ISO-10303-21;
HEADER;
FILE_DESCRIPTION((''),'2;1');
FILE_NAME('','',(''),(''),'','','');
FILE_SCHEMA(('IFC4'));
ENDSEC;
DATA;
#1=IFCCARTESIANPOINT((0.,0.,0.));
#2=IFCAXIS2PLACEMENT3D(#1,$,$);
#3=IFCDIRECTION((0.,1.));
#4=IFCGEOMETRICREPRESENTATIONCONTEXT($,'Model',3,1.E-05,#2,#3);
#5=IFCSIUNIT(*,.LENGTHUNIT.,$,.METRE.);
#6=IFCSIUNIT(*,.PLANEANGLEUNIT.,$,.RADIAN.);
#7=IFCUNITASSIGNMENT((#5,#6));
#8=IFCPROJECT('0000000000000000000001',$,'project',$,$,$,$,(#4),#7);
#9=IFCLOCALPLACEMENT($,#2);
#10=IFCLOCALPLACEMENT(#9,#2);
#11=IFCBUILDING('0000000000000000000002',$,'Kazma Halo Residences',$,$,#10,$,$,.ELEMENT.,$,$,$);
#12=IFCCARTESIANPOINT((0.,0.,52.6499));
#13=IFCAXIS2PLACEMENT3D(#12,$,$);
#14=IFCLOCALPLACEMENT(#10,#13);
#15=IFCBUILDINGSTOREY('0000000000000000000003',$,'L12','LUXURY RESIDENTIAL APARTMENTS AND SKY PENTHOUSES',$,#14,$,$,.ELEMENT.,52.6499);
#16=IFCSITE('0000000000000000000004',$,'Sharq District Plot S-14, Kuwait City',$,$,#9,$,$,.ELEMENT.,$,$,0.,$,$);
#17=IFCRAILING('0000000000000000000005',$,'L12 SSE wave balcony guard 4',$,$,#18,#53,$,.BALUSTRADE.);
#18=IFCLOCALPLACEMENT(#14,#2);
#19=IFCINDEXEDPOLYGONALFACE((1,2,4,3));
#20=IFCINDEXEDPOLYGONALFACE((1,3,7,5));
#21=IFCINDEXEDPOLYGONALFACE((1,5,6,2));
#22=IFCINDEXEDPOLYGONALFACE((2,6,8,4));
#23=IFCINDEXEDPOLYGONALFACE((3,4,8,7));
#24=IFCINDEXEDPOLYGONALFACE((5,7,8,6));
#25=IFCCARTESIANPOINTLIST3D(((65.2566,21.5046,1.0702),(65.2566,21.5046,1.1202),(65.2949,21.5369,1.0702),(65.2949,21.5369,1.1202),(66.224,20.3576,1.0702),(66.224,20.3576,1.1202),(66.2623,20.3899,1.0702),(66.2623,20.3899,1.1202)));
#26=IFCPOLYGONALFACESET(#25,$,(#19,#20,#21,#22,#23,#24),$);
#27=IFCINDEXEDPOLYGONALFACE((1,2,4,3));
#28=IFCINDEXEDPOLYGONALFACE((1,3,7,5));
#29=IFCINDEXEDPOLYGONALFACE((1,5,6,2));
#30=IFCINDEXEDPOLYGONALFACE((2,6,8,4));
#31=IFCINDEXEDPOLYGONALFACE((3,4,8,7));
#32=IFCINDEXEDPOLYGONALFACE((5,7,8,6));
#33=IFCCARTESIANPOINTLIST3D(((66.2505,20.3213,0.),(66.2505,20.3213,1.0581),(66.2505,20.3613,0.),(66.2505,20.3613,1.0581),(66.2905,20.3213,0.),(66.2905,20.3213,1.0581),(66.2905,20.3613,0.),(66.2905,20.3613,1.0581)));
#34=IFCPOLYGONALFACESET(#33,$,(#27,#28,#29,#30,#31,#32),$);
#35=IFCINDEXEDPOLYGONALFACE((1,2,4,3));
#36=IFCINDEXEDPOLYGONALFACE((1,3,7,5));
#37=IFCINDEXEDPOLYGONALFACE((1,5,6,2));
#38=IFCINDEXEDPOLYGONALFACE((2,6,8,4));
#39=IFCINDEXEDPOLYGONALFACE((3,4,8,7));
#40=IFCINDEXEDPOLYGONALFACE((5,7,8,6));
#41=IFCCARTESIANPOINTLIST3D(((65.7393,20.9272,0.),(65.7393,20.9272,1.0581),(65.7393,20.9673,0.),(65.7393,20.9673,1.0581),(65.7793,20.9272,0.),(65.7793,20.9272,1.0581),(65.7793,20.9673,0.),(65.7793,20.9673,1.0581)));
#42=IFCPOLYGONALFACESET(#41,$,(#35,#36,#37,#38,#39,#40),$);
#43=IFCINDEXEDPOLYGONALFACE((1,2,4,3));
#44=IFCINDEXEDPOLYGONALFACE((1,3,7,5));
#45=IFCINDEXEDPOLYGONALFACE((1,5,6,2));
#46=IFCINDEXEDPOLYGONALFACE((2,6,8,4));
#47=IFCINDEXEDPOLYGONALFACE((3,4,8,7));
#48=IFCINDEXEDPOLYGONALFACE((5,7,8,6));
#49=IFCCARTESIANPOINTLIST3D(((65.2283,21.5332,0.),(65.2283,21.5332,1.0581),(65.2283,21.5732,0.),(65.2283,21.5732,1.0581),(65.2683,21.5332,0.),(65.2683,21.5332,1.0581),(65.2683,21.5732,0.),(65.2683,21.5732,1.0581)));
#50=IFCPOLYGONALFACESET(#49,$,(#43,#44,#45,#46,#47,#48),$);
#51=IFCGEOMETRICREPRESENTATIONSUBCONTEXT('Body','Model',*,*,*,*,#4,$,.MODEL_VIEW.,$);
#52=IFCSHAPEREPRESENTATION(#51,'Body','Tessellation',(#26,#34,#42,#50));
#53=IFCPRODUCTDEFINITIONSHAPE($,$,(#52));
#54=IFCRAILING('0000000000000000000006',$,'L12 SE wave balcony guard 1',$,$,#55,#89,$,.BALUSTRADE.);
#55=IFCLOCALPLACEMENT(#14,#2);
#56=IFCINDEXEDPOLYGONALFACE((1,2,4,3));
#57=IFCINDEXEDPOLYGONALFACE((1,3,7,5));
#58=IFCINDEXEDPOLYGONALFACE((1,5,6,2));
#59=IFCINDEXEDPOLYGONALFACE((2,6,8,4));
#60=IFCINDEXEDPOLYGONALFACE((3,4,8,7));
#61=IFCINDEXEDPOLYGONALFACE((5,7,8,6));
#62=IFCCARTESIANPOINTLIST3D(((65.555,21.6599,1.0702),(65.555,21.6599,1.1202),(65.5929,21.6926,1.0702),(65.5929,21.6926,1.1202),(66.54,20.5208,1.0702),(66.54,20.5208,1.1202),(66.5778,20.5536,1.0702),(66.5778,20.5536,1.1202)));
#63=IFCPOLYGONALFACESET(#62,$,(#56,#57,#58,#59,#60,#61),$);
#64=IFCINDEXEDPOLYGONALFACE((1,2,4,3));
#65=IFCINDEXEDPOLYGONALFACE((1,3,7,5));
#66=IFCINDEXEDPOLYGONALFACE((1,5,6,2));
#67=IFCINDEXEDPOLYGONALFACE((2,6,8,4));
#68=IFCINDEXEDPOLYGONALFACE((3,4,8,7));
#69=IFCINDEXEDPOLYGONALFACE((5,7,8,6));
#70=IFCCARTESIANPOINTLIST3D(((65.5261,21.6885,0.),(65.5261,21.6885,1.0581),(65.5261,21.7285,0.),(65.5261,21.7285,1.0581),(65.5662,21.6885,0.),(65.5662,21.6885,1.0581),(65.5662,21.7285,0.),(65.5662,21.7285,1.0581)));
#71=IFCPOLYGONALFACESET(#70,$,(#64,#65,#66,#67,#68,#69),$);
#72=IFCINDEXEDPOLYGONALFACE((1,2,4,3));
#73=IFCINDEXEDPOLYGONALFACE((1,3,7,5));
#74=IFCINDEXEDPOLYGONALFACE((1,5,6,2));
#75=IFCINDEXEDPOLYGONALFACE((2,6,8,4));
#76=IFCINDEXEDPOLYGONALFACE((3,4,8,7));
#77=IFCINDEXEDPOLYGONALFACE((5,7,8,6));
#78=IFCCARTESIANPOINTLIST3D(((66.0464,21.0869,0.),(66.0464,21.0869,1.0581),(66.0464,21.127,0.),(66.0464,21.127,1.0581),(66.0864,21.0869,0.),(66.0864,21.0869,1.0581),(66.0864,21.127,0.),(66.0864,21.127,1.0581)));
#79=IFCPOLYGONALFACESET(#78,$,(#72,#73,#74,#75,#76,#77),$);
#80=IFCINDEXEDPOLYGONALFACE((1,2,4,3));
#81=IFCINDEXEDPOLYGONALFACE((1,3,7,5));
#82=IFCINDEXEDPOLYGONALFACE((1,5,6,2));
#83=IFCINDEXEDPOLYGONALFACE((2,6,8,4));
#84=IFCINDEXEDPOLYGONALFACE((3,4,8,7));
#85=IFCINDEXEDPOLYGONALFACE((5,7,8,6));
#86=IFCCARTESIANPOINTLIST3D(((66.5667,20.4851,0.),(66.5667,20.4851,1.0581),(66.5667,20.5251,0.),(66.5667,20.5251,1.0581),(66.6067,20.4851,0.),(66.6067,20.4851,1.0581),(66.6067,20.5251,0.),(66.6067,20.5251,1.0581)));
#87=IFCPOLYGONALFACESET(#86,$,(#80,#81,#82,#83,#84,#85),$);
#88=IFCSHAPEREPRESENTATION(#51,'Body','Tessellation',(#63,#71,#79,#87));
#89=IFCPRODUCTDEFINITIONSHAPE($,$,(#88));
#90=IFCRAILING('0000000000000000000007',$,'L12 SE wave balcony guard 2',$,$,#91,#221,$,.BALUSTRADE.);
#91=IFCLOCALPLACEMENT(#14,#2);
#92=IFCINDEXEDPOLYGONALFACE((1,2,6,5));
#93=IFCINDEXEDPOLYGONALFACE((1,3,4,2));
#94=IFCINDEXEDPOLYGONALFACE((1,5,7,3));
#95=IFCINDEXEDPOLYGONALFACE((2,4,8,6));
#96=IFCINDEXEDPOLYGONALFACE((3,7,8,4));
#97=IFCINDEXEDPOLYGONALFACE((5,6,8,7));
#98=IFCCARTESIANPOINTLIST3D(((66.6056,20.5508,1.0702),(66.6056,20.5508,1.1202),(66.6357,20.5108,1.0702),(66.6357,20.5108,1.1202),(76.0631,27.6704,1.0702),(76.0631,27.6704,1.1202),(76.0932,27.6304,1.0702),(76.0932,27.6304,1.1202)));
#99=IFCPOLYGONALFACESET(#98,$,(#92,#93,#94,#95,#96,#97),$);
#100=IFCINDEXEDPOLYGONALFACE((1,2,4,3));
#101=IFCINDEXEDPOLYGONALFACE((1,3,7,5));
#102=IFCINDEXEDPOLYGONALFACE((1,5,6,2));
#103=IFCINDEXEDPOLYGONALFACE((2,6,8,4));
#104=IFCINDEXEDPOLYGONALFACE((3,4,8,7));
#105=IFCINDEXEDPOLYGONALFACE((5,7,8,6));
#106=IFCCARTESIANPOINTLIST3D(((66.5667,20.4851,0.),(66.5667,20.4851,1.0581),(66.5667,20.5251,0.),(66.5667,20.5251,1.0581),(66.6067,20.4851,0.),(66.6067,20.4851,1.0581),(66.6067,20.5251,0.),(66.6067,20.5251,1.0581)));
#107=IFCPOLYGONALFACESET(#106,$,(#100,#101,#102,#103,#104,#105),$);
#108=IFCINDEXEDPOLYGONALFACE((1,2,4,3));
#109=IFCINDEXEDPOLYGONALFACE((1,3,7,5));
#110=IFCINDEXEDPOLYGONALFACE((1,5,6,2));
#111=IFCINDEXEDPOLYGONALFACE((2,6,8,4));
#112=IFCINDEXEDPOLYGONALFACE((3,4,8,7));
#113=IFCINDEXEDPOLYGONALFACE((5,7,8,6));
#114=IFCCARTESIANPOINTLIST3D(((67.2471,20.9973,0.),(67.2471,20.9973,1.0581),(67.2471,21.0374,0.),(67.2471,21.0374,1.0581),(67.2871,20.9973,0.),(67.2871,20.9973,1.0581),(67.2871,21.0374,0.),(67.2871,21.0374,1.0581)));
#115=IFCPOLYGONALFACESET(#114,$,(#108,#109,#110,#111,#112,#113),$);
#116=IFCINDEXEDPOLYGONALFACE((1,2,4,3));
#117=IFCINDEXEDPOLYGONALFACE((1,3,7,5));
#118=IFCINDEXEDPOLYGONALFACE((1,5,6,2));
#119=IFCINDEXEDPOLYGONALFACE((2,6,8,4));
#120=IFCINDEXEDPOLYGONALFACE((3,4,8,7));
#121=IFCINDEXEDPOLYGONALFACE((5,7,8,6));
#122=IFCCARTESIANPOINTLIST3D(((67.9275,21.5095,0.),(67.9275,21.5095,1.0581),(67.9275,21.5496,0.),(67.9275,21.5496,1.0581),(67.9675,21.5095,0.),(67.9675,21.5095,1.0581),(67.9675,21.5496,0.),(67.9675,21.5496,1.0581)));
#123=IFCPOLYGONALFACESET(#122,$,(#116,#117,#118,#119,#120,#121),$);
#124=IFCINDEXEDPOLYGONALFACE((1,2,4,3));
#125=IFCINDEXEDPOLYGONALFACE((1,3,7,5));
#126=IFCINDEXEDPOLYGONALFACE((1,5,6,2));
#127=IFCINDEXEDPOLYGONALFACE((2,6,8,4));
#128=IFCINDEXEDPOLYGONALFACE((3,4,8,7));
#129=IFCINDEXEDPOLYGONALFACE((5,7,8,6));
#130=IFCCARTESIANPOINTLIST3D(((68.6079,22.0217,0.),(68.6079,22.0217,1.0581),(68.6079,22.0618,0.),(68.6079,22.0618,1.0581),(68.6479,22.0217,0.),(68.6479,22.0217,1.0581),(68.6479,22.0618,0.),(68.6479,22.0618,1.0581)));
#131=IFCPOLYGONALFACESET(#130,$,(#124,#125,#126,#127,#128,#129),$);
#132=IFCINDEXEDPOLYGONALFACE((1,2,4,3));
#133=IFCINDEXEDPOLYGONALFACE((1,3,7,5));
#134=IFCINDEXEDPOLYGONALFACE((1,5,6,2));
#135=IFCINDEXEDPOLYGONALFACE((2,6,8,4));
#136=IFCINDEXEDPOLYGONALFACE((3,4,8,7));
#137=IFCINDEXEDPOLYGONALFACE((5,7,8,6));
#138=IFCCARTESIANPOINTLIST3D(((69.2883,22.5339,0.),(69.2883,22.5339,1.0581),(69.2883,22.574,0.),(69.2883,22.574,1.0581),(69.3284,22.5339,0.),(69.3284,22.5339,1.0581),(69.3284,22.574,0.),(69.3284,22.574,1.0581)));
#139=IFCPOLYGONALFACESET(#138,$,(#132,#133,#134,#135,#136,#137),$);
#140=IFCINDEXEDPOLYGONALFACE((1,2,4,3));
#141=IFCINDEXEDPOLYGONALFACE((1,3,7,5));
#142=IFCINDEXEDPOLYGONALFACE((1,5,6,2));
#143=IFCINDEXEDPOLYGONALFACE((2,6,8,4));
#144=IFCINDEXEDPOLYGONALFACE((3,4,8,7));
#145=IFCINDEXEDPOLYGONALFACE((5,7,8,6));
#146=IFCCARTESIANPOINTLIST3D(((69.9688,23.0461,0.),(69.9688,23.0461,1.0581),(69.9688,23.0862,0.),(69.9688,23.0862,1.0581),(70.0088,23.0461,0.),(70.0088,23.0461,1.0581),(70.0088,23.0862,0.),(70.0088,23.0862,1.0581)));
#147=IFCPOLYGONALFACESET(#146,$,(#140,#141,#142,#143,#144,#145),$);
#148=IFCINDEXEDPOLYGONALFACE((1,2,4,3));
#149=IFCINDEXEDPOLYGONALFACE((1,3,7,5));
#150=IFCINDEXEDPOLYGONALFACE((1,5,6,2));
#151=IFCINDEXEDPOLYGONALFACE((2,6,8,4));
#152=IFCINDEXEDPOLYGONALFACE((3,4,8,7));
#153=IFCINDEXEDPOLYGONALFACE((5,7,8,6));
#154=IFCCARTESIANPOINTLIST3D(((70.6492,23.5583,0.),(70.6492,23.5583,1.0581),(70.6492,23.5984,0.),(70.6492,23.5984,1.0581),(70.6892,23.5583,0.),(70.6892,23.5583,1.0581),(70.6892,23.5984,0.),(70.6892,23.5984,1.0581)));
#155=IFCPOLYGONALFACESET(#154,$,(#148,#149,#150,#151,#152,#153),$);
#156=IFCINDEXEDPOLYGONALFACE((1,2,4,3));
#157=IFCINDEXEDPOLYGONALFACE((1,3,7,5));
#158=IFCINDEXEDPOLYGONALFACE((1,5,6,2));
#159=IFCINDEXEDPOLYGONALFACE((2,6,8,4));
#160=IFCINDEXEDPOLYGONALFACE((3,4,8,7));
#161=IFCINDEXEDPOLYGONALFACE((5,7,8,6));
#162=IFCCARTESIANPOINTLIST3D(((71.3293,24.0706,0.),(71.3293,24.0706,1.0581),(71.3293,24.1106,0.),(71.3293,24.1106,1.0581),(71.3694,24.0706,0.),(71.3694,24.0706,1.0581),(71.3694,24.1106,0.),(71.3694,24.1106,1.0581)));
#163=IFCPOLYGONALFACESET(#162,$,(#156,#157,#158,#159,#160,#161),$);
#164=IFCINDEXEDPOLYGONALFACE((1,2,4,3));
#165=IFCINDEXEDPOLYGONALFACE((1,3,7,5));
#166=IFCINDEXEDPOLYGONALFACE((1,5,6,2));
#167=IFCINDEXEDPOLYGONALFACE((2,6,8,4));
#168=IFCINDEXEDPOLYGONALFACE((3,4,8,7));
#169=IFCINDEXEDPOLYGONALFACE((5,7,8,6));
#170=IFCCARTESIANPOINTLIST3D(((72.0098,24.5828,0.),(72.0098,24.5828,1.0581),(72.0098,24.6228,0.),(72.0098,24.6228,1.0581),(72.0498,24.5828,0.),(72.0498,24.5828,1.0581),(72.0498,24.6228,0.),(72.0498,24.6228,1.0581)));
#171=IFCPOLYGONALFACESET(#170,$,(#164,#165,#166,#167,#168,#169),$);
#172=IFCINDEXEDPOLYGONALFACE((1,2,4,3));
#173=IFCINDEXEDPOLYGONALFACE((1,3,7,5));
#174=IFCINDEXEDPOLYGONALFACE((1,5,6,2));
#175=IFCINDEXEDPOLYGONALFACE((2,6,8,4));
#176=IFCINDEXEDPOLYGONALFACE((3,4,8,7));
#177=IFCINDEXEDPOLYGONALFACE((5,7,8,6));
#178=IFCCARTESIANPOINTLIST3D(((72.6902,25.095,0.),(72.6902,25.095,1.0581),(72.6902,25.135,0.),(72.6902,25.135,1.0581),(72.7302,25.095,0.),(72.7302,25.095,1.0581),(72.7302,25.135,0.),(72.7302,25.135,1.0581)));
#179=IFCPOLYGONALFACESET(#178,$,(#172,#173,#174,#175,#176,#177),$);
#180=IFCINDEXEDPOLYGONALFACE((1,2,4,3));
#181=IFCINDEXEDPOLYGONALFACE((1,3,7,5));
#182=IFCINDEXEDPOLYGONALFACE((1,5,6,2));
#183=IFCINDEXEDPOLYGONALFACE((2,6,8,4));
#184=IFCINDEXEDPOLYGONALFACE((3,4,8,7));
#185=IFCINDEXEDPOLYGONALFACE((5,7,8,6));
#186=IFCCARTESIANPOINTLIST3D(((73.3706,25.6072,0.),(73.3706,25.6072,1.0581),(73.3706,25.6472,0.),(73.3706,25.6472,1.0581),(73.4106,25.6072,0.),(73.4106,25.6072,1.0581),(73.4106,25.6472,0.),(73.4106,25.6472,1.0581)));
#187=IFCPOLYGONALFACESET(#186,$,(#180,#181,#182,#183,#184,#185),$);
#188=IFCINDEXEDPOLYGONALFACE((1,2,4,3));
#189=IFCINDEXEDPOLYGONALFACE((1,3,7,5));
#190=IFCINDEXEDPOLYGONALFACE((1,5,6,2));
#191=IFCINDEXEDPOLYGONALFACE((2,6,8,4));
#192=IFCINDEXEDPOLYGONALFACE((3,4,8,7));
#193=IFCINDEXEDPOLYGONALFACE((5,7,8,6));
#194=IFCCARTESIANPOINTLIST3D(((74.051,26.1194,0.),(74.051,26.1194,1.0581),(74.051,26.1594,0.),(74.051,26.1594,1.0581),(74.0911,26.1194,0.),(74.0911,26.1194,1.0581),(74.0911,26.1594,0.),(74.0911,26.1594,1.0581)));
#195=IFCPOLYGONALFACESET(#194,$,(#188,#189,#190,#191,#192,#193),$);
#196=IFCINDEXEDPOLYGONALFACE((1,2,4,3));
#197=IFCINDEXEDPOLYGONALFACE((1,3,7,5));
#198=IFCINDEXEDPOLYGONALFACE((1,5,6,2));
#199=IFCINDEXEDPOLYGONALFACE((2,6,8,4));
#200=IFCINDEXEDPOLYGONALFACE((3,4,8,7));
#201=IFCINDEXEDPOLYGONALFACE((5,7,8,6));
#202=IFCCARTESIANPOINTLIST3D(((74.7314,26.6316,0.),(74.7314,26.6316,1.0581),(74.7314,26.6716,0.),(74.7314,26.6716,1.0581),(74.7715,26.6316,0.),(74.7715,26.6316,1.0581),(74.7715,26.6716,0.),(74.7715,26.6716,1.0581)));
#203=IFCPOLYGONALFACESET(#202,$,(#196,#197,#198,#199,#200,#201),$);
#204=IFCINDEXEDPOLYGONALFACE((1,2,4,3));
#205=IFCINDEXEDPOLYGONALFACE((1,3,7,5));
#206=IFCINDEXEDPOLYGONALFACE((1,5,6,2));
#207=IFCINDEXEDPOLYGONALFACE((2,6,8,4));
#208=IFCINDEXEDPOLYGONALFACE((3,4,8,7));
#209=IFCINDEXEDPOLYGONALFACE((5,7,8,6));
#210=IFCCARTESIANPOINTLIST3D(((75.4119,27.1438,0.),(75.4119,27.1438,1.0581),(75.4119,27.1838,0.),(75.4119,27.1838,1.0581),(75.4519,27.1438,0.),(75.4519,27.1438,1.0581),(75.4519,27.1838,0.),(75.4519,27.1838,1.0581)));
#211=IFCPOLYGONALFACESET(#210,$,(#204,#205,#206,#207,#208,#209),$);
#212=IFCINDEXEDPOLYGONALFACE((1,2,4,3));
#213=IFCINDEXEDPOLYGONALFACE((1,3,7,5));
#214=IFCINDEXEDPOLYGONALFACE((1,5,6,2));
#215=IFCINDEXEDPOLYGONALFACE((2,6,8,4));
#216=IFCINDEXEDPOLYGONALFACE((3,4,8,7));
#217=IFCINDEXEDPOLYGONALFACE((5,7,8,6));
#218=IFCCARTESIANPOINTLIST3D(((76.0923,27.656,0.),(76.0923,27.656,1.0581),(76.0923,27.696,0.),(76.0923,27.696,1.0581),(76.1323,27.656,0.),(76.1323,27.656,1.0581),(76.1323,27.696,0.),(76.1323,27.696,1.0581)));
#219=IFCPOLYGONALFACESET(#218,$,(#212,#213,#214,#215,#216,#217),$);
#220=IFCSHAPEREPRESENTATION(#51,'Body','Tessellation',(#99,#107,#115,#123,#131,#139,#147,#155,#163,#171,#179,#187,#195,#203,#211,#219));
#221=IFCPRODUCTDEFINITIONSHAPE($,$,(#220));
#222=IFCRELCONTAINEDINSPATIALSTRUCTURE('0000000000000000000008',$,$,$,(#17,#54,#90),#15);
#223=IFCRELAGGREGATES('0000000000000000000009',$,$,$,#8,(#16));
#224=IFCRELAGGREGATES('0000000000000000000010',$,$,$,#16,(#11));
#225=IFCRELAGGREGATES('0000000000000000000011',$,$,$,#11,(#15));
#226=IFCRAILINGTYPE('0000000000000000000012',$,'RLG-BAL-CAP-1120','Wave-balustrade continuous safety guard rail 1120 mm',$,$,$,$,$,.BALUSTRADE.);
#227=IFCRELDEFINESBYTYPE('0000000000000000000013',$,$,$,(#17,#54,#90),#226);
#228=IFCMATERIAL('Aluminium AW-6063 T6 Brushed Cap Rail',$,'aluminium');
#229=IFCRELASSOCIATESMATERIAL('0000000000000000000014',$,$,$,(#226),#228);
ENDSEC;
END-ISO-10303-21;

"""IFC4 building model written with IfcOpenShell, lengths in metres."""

from ifc_helpers import new_model, si_unit, direction, frame, origin, origin_2d, place, context, subcontext, project, spatial, rectangle, extrude, material, type_object, element, save


model = new_model("IFC4")

# Units and contexts
model_context = context("Model", 3, precision=1e-05, world=origin(), true_north=direction((0.0, 1.0)))
body_context = subcontext(model_context, "Body", "Model", "MODEL_VIEW")
ifc_project = project(units=[si_unit("LENGTHUNIT", "METRE"), si_unit("PLANEANGLEUNIT", "RADIAN")], contexts=[model_context])

# Site, building, storey
site_placement = place(None, origin())
site = spatial("IfcSite", under=ifc_project, at=site_placement, Name="Sharq District Plot S-14, Kuwait City", CompositionType="ELEMENT", RefElevation=0.0)
building_placement = place(site_placement, origin())
building = spatial("IfcBuilding", under=site, at=building_placement, Name="Kazma Halo Residences", CompositionType="ELEMENT")
storey_placement = place(building_placement, frame((0.0, 0.0, 52.6499)))
storey = spatial("IfcBuildingStorey", under=building, at=storey_placement, Name="L12", Description="LUXURY RESIDENTIAL APARTMENTS AND SKY PENTHOUSES", CompositionType="ELEMENT", Elevation=52.6499)

# Railings
ifc_material_1 = material(Name="Aluminium AW-6063 T6 Brushed Cap Rail", Category="aluminium")
railing_type = type_object("IfcRailingType", Name="RLG-BAL-CAP-1120", Description="Wave-balustrade continuous safety guard rail 1120 mm", PredefinedType="BALUSTRADE", material=ifc_material_1)
railing_1_placement = place(storey_placement, frame((66.2705, 20.3413, 0.0)))
element("IfcRailing", 1, at=railing_1_placement, inside=storey, type_object=railing_type, Name="L12 SSE wave balcony guard 4", PredefinedType="BALUSTRADE", context=body_context, shape_type="SweptSolid", body=[
    extrude(rectangle(XDim=0.05, YDim=0.05, at=origin_2d()), frame((-0.0273, 0.0325, 1.0952), z_axis=(-0.644747, 0.764396, 0.0), x_axis=(-0.764396, -0.644747, 0.0)), (0.0, 0.0, 1.0), 1.5005),
    extrude(rectangle(XDim=0.04, YDim=0.04, at=origin_2d()), origin(), (0.0, 0.0, 1.0), 1.0581),
    extrude(rectangle(XDim=0.04, YDim=0.04, at=origin_2d()), frame((-0.5112, 0.606, 0.0)), (0.0, 0.0, 1.0), 1.0581),
    extrude(rectangle(XDim=0.04, YDim=0.04, at=origin_2d()), frame((-1.0222, 1.2119, 0.0)), (0.0, 0.0, 1.0), 1.0581),
])
railing_2_placement = place(storey_placement, frame((65.5461, 21.7085, 0.0)))
element("IfcRailing", 2, at=railing_2_placement, inside=storey, type_object=railing_type, Name="L12 SE wave balcony guard 1", PredefinedType="BALUSTRADE", context=body_context, shape_type="SweptSolid", body=[
    extrude(rectangle(XDim=0.05, YDim=0.05, at=origin_2d()), frame((0.0278, -0.0322, 1.0952), z_axis=(0.654071, -0.756433, 0.0), x_axis=(0.756433, 0.654071, 0.0)), (0.0, 0.0, 1.0), 1.5059),
    extrude(rectangle(XDim=0.04, YDim=0.04, at=origin_2d()), origin(), (0.0, 0.0, 1.0), 1.0581),
    extrude(rectangle(XDim=0.04, YDim=0.04, at=origin_2d()), frame((0.5203, -0.6016, 0.0)), (0.0, 0.0, 1.0), 1.0581),
    extrude(rectangle(XDim=0.04, YDim=0.04, at=origin_2d()), frame((1.0405, -1.2034, 0.0)), (0.0, 0.0, 1.0), 1.0581),
])
railing_3_placement = place(storey_placement, frame((66.5867, 20.5051, 0.0)))
element("IfcRailing", 3, at=railing_3_placement, inside=storey, type_object=railing_type, Name="L12 SE wave balcony guard 2", PredefinedType="BALUSTRADE", context=body_context, shape_type="SweptSolid", body=[
    extrude(rectangle(XDim=0.05, YDim=0.05, at=origin_2d()), frame((0.0339, 0.0256, 1.0952), z_axis=(0.798925, 0.601431, 0.0), x_axis=(-0.601431, 0.798925, 0.0)), (0.0, 0.0, 1.0), 11.8379),
    extrude(rectangle(XDim=0.04, YDim=0.04, at=origin_2d()), origin(), (0.0, 0.0, 1.0), 1.0581),
    extrude(rectangle(XDim=0.04, YDim=0.04, at=origin_2d()), frame((0.6804, 0.5122, 0.0)), (0.0, 0.0, 1.0), 1.0581),
    extrude(rectangle(XDim=0.04, YDim=0.04, at=origin_2d()), frame((1.3608, 1.0244, 0.0)), (0.0, 0.0, 1.0), 1.0581),
    extrude(rectangle(XDim=0.04, YDim=0.04, at=origin_2d()), frame((2.0413, 1.5366, 0.0)), (0.0, 0.0, 1.0), 1.0581),
    extrude(rectangle(XDim=0.04, YDim=0.04, at=origin_2d()), frame((2.7217, 2.0488, 0.0)), (0.0, 0.0, 1.0), 1.0581),
    extrude(rectangle(XDim=0.04, YDim=0.04, at=origin_2d()), frame((3.4021, 2.561, 0.0)), (0.0, 0.0, 1.0), 1.0581),
    extrude(rectangle(XDim=0.04, YDim=0.04, at=origin_2d()), frame((4.0825, 3.0732, 0.0)), (0.0, 0.0, 1.0), 1.0581),
    extrude(rectangle(XDim=0.04, YDim=0.04, at=origin_2d()), frame((4.7627, 3.5854, 0.0)), (0.0, 0.0, 1.0), 1.0581),
    extrude(rectangle(XDim=0.04, YDim=0.04, at=origin_2d()), frame((5.4431, 4.0977, 0.0)), (0.0, 0.0, 1.0), 1.0581),
    extrude(rectangle(XDim=0.04, YDim=0.04, at=origin_2d()), frame((6.1235, 4.6099, 0.0)), (0.0, 0.0, 1.0), 1.0581),
    extrude(rectangle(XDim=0.04, YDim=0.04, at=origin_2d()), frame((6.804, 5.1221, 0.0)), (0.0, 0.0, 1.0), 1.0581),
    extrude(rectangle(XDim=0.04, YDim=0.04, at=origin_2d()), frame((7.4844, 5.6343, 0.0)), (0.0, 0.0, 1.0), 1.0581),
    extrude(rectangle(XDim=0.04, YDim=0.04, at=origin_2d()), frame((8.1648, 6.1465, 0.0)), (0.0, 0.0, 1.0), 1.0581),
    extrude(rectangle(XDim=0.04, YDim=0.04, at=origin_2d()), frame((8.8452, 6.6587, 0.0)), (0.0, 0.0, 1.0), 1.0581),
    extrude(rectangle(XDim=0.04, YDim=0.04, at=origin_2d()), frame((9.5256, 7.1709, 0.0)), (0.0, 0.0, 1.0), 1.0581),
])

save(model, "model.ifc")
